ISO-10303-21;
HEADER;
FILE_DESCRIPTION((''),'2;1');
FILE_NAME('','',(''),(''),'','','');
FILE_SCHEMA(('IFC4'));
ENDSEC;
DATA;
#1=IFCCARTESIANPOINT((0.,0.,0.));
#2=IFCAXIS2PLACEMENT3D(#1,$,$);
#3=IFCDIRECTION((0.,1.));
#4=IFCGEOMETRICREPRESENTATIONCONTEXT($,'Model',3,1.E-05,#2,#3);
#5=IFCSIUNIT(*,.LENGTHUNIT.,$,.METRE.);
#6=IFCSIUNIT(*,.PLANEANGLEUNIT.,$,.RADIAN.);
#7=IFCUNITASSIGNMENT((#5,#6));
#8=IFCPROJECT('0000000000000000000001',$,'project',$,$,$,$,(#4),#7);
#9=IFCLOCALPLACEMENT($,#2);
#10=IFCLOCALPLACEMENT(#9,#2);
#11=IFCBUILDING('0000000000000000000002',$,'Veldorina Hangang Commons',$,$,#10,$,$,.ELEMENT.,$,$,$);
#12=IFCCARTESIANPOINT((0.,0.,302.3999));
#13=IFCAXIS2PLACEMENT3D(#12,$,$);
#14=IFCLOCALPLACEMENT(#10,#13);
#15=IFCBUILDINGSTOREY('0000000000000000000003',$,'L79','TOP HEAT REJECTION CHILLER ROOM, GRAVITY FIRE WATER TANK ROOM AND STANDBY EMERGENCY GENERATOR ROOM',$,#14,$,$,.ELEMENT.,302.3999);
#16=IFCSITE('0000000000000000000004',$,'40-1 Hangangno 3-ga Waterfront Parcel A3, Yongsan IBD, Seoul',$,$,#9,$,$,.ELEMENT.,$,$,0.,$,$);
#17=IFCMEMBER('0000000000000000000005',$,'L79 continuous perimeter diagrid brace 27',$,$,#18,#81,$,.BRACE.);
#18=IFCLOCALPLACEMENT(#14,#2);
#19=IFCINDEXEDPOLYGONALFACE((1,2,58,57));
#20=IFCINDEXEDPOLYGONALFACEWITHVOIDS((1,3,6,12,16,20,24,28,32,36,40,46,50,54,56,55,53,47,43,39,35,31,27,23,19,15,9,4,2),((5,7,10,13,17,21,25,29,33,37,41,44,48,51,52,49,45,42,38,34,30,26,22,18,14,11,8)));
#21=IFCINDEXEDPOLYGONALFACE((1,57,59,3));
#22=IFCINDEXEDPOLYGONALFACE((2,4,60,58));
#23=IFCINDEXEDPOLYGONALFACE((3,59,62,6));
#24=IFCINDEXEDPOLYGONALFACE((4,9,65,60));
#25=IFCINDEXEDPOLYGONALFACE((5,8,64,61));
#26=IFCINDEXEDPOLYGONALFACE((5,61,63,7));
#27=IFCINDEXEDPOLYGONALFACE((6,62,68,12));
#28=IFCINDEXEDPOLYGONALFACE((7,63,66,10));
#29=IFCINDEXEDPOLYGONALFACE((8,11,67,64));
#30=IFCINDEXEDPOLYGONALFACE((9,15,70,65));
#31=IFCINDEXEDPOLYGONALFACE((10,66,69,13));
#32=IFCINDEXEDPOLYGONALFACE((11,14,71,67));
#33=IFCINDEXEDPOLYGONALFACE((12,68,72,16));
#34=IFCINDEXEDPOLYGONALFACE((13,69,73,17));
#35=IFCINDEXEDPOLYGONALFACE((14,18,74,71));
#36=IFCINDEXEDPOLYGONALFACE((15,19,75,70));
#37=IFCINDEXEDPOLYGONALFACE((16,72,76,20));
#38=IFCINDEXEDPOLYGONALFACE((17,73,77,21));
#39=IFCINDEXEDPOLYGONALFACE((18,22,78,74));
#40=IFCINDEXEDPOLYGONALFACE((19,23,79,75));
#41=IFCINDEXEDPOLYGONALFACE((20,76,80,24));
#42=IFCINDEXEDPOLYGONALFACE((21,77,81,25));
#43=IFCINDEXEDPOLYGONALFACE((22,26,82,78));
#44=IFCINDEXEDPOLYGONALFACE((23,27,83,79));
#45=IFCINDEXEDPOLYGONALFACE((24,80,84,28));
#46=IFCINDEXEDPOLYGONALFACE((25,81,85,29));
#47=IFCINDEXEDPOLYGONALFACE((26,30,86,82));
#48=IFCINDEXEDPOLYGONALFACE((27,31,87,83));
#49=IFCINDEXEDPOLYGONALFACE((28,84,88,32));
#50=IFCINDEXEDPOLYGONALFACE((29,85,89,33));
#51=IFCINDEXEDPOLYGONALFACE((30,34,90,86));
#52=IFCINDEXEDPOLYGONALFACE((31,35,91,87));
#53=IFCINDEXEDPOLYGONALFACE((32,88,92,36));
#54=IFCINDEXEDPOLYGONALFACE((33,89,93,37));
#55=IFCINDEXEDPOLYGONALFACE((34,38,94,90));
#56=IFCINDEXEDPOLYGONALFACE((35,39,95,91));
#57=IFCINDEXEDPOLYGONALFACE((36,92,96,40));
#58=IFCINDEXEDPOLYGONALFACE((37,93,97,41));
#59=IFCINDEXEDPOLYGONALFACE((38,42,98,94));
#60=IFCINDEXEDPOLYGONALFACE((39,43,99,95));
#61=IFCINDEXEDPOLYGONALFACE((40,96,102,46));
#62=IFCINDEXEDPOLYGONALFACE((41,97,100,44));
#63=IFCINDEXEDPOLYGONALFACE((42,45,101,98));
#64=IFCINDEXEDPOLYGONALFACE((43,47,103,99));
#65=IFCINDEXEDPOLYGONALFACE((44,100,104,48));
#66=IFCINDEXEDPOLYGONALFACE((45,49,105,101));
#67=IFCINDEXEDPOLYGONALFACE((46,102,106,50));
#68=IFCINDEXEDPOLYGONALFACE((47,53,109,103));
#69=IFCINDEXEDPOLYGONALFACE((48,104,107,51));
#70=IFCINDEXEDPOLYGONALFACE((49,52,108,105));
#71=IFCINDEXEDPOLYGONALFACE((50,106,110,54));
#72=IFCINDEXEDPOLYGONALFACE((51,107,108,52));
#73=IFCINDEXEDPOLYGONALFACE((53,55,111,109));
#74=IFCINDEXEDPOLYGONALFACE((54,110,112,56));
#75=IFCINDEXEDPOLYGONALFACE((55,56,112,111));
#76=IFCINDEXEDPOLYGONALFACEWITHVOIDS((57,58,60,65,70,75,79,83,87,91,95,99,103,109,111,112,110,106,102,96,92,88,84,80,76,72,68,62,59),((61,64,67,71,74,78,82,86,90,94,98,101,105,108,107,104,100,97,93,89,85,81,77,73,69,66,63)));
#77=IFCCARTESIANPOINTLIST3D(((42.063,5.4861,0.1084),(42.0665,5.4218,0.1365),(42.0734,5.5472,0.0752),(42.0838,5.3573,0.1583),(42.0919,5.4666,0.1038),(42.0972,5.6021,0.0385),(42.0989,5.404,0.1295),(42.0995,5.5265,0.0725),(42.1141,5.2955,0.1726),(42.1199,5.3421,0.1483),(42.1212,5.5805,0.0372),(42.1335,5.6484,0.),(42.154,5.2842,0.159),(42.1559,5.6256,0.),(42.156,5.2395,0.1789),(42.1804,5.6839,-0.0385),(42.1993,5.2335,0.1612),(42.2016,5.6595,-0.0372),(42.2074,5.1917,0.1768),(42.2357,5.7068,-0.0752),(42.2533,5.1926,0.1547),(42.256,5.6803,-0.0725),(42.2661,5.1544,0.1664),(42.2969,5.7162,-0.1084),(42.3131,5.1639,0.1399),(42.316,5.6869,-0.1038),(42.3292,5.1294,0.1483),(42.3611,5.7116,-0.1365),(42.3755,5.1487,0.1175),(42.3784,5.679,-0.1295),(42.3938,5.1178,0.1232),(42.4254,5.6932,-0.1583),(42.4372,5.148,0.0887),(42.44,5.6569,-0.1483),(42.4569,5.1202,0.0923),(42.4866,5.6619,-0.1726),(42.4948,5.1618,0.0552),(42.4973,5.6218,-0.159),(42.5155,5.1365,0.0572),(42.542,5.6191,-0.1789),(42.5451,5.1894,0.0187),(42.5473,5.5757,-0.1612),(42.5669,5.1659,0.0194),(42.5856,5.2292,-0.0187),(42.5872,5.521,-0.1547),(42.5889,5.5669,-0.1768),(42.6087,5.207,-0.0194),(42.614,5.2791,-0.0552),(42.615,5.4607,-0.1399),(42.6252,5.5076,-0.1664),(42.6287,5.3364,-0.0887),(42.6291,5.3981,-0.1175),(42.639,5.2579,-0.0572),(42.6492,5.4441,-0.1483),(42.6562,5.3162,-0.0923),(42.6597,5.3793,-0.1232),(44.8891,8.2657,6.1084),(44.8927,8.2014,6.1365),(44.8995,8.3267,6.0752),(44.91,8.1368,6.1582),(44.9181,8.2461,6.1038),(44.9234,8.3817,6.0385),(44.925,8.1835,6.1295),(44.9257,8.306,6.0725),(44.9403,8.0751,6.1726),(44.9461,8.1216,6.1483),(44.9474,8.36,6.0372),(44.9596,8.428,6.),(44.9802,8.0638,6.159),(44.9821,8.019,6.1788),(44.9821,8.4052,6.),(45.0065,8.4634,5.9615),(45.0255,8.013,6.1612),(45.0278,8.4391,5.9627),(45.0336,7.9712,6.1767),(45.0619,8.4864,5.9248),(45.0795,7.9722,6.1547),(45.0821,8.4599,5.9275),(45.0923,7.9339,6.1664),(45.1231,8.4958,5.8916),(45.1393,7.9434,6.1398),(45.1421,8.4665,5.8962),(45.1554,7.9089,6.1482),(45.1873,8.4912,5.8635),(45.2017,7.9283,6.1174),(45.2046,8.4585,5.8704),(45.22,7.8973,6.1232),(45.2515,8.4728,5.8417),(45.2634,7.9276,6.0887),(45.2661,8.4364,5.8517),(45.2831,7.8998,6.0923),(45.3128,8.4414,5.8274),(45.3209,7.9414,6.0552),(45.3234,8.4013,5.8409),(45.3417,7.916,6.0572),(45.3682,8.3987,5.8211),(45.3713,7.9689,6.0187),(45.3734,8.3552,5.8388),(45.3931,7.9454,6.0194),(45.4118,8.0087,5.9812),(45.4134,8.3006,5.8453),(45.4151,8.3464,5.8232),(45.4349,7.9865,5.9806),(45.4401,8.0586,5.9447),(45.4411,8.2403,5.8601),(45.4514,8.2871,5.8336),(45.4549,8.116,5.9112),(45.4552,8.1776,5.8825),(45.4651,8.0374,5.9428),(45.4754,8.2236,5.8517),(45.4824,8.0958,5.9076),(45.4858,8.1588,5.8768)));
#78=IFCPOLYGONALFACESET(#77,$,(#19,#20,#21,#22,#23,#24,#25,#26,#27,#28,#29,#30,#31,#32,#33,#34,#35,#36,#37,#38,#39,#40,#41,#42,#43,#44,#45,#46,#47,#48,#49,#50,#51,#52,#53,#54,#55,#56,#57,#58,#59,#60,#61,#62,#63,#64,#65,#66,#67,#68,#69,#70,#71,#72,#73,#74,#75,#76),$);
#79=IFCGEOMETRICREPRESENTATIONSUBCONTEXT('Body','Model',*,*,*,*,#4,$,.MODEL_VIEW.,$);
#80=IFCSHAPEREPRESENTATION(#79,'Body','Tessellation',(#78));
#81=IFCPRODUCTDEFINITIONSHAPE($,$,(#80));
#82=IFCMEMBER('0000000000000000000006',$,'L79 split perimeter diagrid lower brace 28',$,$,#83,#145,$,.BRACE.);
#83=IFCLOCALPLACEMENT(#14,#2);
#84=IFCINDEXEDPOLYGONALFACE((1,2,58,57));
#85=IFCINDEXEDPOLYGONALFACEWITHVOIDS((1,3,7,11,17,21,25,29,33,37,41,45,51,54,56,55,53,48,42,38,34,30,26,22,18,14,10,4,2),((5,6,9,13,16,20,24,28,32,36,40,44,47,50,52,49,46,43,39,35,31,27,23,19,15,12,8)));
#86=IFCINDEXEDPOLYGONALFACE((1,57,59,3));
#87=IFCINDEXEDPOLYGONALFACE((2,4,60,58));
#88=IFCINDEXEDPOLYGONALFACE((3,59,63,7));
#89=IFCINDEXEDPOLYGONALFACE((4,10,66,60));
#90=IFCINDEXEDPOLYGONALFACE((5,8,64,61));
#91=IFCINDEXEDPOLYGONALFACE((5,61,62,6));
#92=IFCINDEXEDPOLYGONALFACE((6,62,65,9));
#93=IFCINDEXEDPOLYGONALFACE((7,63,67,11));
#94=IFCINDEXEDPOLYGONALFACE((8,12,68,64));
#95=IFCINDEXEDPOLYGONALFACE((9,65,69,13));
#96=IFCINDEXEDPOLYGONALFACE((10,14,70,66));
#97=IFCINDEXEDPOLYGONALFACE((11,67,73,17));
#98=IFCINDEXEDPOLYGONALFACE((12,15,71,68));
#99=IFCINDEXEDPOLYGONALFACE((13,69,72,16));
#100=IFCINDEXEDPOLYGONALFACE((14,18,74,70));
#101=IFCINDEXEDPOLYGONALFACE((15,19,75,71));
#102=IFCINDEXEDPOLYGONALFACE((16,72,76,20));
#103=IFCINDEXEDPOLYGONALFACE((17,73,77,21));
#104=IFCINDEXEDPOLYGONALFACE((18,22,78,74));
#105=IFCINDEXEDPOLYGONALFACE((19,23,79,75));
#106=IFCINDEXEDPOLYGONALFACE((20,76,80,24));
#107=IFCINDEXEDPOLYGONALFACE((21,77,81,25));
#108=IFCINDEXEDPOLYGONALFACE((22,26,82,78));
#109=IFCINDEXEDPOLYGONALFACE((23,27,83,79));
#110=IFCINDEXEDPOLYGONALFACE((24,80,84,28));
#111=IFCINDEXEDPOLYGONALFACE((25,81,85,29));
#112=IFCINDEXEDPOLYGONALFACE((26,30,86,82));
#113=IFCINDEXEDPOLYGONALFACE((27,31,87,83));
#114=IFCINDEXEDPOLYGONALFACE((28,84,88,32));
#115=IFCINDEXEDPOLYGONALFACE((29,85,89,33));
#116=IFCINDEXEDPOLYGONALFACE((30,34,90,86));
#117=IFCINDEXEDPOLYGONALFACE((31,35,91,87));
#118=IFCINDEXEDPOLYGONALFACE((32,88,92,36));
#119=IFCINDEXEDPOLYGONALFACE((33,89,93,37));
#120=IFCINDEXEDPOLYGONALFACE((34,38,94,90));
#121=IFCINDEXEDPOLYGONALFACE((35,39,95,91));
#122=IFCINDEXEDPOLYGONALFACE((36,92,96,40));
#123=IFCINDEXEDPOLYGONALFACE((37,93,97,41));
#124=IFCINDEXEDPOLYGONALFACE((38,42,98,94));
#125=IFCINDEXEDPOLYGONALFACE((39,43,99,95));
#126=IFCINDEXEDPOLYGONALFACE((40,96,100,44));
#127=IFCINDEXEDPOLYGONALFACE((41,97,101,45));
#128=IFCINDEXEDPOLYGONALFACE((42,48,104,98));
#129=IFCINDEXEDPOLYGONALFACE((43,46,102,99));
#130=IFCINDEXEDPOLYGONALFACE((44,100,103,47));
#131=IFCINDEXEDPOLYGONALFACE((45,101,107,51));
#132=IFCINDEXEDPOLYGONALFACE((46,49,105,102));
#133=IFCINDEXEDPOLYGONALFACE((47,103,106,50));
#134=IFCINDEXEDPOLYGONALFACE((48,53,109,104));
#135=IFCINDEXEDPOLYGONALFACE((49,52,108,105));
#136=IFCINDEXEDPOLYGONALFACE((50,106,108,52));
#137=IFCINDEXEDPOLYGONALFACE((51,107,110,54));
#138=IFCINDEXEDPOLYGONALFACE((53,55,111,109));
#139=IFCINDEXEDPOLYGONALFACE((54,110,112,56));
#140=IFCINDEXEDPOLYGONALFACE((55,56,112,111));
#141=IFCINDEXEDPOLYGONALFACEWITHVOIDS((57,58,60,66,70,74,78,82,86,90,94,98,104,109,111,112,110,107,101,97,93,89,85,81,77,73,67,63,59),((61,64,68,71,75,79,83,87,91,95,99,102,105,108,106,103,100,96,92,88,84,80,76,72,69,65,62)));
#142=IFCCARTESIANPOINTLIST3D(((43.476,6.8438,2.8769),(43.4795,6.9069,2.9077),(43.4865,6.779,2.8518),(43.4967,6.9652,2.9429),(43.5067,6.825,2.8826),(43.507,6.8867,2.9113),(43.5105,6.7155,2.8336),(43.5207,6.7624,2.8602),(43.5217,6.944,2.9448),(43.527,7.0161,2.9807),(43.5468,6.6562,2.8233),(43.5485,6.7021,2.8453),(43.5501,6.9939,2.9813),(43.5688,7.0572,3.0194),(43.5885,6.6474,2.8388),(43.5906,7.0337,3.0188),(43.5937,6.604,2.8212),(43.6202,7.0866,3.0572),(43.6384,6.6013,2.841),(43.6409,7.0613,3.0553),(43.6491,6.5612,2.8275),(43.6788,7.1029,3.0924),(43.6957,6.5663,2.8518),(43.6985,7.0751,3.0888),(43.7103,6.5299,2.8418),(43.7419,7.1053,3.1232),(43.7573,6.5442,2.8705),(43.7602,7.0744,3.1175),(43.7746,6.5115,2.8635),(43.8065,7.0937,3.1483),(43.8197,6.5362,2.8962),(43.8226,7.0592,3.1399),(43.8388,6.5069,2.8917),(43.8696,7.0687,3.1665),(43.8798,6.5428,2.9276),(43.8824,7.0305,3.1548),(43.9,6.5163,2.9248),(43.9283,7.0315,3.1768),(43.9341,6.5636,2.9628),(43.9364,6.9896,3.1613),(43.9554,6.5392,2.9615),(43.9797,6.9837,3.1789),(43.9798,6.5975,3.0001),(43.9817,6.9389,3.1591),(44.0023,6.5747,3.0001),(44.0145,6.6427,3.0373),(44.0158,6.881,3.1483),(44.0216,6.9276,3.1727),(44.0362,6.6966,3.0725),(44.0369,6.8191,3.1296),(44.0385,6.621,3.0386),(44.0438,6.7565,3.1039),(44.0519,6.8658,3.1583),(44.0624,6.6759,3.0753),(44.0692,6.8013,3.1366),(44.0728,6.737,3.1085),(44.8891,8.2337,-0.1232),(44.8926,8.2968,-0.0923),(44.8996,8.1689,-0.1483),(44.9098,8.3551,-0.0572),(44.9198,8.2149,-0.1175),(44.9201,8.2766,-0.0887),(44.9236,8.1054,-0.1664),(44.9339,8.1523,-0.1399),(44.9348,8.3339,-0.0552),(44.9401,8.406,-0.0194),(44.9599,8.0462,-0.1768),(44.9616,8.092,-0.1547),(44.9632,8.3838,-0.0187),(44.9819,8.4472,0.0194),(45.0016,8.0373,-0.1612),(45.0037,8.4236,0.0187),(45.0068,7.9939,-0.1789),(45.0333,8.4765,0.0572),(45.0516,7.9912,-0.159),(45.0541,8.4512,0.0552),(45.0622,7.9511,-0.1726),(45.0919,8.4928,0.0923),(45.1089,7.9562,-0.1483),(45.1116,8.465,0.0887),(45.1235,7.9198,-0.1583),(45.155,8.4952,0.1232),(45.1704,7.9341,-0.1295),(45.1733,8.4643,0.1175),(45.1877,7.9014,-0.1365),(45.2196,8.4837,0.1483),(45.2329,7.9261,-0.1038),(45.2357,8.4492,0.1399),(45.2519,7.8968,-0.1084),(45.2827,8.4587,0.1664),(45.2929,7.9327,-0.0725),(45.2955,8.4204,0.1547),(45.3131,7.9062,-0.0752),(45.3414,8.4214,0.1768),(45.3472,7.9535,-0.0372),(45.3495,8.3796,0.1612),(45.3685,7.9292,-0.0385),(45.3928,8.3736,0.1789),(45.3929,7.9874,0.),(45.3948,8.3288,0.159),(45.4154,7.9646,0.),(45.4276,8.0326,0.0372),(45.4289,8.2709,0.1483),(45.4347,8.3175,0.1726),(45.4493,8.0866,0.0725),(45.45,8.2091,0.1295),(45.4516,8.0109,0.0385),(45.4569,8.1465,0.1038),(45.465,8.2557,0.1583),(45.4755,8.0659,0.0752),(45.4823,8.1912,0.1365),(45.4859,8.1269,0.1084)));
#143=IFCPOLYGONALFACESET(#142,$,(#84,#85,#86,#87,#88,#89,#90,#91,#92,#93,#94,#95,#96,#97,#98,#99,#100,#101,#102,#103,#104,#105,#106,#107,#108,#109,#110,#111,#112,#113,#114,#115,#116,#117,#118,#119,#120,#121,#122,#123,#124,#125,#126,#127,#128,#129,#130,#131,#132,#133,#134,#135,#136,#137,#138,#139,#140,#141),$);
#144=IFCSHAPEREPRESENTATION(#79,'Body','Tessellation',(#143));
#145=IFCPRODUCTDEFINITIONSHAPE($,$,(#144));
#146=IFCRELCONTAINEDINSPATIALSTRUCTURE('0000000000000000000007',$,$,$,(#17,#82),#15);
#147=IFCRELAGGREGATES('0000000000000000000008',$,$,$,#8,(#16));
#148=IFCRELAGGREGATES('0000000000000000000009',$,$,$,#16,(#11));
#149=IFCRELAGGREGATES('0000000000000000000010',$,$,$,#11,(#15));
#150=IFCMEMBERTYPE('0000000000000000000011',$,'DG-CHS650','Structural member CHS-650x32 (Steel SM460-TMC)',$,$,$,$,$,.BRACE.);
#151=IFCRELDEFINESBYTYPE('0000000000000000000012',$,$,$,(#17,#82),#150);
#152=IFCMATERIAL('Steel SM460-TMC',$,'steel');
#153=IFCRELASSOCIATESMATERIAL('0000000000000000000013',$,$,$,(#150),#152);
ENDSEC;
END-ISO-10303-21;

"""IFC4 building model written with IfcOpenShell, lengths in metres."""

from ifc_helpers import new_model, si_unit, direction, frame, origin, origin_2d, place, context, subcontext, project, spatial, hollow_circle, extrude, material, material_profile, profile_set, type_object, element, save


model = new_model("IFC4")

# Units and contexts
model_context = context("Model", 3, precision=1e-05, world=origin(), true_north=direction((0.0, 1.0)))
body_context = subcontext(model_context, "Body", "Model", "MODEL_VIEW")
ifc_project = project(units=[si_unit("LENGTHUNIT", "METRE"), si_unit("PLANEANGLEUNIT", "RADIAN")], contexts=[model_context])

# Site, building, storey
site_placement = place(None, origin())
site = spatial("IfcSite", under=ifc_project, at=site_placement, Name="40-1 Hangangno 3-ga Waterfront Parcel A3, Yongsan IBD, Seoul", CompositionType="ELEMENT", RefElevation=0.0)
building_placement = place(site_placement, origin())
building = spatial("IfcBuilding", under=site, at=building_placement, Name="Veldorina Hangang Commons", CompositionType="ELEMENT")
storey_placement = place(building_placement, frame((0.0, 0.0, 302.3999)))
storey = spatial("IfcBuildingStorey", under=building, at=storey_placement, Name="L79", Description="TOP HEAT REJECTION CHILLER ROOM, GRAVITY FIRE WATER TANK ROOM AND STANDBY EMERGENCY GENERATOR ROOM", CompositionType="ELEMENT", Elevation=302.3999)

# Shared definitions
ifc_material_1 = material(Name="Steel SM460-TMC", Category="steel")

# Members
ifc_material_profile_1 = material_profile(ifc_material_1, hollow_circle(Radius=0.325, WallThickness=0.032, at=origin_2d()), Name="CHS-650x32")
ifc_profile_set_1 = profile_set([ifc_material_profile_1], Name="Steel SM460-TMC")
member_type_1 = type_object("IfcMemberType", Name="DG-CHS650", Description="Structural member CHS-650x32 (Steel SM460-TMC)", PredefinedType="BRACE", material=ifc_profile_set_1)
member_1_placement = place(storey_placement, frame((42.3613, 5.4167, 0.0), z_axis=(0.393005, 0.386521, 0.834355), x_axis=(-0.7012, 0.712964, 0.0)))
element("IfcMember", 1, at=member_1_placement, inside=storey, type_object=member_type_1, Name="L79 continuous perimeter diagrid brace 27", PredefinedType="BRACE", context=body_context, shape_type="SweptSolid", body=[
    extrude(hollow_circle(Radius=0.325, WallThickness=0.032, at=origin_2d()), origin(), (0.0, 0.0, 1.0), 7.1912),
])
member_2_placement = place(storey_placement, frame((45.1875, 8.1963, 0.0), z_axis=(-0.393, -0.38655, 0.834344), x_axis=(0.701232, -0.712933, 0.0)))
element("IfcMember", 2, at=member_2_placement, inside=storey, type_object=member_type_1, Name="L79 split perimeter diagrid lower brace 28", PredefinedType="BRACE", context=body_context, shape_type="SweptSolid", body=[
    extrude(hollow_circle(Radius=0.325, WallThickness=0.032, at=origin_2d()), origin(), (0.0, 0.0, 1.0), 3.5957),
])

save(model, "model.ifc")
